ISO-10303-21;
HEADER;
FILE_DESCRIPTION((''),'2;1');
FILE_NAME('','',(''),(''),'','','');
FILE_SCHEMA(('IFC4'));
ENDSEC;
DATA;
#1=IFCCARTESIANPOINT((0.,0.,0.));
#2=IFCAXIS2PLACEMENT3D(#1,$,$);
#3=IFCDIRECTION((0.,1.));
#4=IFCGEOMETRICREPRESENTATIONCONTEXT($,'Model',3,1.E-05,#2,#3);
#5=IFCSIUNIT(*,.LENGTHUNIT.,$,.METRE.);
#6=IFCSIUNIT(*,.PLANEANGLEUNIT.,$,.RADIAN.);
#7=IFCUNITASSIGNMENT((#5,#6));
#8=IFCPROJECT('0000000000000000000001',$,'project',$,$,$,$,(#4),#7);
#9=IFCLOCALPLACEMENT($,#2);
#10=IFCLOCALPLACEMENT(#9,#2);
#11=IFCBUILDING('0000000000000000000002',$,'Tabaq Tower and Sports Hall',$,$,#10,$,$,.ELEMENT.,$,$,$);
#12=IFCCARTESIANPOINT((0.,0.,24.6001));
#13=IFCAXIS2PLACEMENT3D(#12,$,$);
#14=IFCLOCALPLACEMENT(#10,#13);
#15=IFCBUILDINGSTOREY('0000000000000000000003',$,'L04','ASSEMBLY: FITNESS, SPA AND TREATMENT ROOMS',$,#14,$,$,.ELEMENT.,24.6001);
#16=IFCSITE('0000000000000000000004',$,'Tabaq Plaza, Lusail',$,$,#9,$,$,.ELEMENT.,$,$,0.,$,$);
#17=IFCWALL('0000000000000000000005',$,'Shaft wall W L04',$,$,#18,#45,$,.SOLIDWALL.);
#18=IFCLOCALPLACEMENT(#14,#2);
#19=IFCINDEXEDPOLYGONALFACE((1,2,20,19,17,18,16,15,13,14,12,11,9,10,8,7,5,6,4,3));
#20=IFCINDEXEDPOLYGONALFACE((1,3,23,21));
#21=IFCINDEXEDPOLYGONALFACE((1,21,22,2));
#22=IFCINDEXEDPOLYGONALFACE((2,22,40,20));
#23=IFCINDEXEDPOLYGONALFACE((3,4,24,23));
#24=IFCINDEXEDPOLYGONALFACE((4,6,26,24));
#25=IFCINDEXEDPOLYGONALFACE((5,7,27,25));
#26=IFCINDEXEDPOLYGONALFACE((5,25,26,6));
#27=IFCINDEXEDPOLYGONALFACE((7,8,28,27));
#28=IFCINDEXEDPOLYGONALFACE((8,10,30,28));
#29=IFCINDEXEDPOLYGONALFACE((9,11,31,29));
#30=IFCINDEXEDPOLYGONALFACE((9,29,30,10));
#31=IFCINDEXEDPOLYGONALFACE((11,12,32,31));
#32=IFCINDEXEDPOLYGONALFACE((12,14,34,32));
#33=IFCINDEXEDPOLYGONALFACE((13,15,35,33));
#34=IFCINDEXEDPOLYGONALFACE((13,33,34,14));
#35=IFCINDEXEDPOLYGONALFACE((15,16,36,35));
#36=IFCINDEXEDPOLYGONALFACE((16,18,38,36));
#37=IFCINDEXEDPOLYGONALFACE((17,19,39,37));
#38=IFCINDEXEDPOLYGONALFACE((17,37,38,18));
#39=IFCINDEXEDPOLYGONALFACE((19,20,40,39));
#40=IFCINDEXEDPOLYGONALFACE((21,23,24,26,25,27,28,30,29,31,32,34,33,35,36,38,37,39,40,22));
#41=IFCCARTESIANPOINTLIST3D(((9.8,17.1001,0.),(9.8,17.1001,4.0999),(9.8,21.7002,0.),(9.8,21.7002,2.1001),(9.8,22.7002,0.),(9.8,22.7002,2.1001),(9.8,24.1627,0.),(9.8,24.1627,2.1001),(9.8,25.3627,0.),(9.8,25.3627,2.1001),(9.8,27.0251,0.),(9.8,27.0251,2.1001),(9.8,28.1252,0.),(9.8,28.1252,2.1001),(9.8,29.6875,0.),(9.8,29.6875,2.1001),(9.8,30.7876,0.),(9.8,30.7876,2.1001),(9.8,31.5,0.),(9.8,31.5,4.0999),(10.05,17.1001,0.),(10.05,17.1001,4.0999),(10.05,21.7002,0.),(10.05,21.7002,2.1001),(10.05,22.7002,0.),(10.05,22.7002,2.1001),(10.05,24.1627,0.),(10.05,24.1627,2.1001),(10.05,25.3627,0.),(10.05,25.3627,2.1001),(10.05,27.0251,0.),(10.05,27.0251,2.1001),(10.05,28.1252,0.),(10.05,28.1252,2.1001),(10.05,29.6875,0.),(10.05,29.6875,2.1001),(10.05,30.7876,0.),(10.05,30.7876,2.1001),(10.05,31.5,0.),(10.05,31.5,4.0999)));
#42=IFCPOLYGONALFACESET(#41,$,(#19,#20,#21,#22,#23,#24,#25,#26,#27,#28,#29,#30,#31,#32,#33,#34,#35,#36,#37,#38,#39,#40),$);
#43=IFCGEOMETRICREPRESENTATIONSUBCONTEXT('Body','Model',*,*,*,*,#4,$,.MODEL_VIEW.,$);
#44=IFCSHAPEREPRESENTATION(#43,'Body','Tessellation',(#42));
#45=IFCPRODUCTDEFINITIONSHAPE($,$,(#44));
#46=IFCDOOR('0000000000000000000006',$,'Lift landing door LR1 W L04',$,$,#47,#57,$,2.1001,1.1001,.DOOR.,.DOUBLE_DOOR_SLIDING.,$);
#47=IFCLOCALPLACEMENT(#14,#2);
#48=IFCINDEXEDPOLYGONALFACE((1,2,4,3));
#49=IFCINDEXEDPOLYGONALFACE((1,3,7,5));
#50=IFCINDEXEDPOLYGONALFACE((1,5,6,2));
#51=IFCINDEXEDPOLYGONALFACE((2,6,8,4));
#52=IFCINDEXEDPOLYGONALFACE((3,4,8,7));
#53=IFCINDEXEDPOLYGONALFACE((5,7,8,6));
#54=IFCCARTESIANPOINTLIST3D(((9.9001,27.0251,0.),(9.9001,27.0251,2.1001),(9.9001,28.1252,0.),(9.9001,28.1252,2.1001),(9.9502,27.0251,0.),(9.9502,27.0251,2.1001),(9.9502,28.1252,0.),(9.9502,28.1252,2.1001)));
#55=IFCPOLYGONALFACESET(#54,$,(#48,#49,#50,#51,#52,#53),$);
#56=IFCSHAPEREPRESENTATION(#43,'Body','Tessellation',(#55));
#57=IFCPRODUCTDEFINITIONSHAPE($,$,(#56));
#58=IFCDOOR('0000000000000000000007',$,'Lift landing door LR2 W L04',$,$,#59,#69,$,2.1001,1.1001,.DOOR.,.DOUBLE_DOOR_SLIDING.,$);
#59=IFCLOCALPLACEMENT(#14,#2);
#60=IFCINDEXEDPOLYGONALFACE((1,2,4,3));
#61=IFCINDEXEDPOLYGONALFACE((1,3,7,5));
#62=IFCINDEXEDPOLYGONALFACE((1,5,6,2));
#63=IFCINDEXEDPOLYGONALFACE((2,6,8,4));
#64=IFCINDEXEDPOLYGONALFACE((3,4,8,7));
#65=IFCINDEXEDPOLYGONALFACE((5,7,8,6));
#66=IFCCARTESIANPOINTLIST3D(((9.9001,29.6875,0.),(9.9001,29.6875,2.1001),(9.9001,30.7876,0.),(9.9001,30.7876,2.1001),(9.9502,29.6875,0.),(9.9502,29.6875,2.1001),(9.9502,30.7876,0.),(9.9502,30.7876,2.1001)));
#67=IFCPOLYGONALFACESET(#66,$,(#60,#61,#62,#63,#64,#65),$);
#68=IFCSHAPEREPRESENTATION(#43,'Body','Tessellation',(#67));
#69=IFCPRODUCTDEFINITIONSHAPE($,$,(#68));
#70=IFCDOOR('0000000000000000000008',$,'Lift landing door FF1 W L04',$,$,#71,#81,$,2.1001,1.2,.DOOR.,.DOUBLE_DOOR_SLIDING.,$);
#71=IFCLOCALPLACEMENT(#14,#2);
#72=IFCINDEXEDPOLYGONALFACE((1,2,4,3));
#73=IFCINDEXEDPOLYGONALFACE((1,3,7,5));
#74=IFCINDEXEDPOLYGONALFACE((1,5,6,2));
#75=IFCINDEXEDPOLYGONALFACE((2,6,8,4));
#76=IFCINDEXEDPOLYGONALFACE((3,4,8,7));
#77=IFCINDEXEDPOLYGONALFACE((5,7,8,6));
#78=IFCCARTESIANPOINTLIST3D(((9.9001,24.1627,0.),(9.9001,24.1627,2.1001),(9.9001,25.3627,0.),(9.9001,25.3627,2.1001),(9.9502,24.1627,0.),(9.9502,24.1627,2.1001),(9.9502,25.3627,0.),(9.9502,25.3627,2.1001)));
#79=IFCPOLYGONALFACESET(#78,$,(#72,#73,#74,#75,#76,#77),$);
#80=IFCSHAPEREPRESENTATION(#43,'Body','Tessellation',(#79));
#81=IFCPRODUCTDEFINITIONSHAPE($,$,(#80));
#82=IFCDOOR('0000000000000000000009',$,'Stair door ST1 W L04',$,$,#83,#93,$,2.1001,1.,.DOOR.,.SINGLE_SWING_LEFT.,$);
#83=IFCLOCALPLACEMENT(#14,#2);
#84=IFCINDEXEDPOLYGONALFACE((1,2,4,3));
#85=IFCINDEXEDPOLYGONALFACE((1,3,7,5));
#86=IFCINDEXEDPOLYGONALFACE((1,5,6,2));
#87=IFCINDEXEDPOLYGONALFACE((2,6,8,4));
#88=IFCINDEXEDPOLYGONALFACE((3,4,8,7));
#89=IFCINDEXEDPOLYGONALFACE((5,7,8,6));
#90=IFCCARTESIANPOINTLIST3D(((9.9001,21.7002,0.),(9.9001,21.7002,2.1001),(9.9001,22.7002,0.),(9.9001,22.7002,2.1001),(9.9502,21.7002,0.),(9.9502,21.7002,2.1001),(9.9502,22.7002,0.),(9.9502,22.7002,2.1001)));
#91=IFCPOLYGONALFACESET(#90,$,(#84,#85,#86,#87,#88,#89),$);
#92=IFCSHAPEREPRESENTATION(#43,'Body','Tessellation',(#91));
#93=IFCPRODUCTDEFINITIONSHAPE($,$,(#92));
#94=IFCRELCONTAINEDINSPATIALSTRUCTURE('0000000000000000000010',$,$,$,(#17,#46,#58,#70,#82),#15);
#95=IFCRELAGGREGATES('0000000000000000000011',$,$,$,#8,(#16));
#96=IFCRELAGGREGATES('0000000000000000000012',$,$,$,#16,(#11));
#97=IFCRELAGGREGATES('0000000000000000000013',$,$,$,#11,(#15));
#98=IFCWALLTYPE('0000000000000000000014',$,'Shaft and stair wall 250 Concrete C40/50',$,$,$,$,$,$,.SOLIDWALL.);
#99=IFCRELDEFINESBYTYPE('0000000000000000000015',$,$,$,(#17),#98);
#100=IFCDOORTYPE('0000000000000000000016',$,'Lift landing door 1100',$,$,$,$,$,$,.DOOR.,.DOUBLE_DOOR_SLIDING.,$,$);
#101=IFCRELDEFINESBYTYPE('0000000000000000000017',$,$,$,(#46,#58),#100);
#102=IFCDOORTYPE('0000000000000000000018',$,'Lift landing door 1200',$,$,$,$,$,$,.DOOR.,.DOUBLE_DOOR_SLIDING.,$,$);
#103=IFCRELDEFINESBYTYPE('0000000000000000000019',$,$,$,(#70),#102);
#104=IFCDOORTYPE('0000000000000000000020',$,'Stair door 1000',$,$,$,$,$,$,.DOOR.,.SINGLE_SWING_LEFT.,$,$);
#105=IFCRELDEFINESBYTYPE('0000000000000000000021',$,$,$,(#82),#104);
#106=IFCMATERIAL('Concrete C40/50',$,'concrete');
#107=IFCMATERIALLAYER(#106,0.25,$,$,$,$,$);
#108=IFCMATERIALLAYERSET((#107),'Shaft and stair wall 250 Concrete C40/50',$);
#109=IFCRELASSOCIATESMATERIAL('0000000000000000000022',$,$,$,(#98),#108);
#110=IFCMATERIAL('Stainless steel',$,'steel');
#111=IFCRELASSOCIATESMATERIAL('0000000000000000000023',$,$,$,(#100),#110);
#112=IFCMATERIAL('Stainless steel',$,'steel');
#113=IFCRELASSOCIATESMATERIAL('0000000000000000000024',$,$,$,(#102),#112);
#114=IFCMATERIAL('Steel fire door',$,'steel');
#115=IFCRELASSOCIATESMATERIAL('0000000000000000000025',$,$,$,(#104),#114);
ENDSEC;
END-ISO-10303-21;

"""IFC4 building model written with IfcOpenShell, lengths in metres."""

from ifc_helpers import new_model, si_unit, direction, frame, frame_2d, origin, place, context, subcontext, project, spatial, rectangle, extrude, material, layer, layer_set, type_object, element, fill, save


model = new_model("IFC4")

# Units and contexts
model_context = context("Model", 3, precision=1e-05, world=origin(), true_north=direction((0.0, 1.0)))
body_context = subcontext(model_context, "Body", "Model", "MODEL_VIEW")
ifc_project = project(units=[si_unit("LENGTHUNIT", "METRE"), si_unit("PLANEANGLEUNIT", "RADIAN")], contexts=[model_context])

# Site, building, storey
site_placement = place(None, origin())
site = spatial("IfcSite", under=ifc_project, at=site_placement, Name="Tabaq Plaza, Lusail", CompositionType="ELEMENT", RefElevation=0.0)
building_placement = place(site_placement, origin())
building = spatial("IfcBuilding", under=site, at=building_placement, Name="Tabaq Tower and Sports Hall", CompositionType="ELEMENT")
storey_placement = place(building_placement, frame((0.0, 0.0, 24.6001)))
storey = spatial("IfcBuildingStorey", under=building, at=storey_placement, Name="L04", Description="ASSEMBLY: FITNESS, SPA AND TREATMENT ROOMS", CompositionType="ELEMENT", Elevation=24.6001)

# Wall, openings, doors
ifc_material_1 = material(Name="Concrete C40/50", Category="concrete")
ifc_layer_1 = layer(ifc_material_1, 0.25)
ifc_layer_set_1 = layer_set([ifc_layer_1], Name="Shaft and stair wall 250 Concrete C40/50")
wall_type_1 = type_object("IfcWallType", Name="Shaft and stair wall 250 Concrete C40/50", PredefinedType="SOLIDWALL", material=ifc_layer_set_1)
wall_1_placement = place(storey_placement, frame((9.925, 17.1001, 0.0), z_axis=(0.0, 0.0, 1.0), x_axis=(0.0, 1.0, 0.0)))
wall_1 = element("IfcWall", 1, at=wall_1_placement, inside=storey, type_object=wall_type_1, Name="Shaft wall W L04", PredefinedType="SOLIDWALL", context=body_context, shape_type="SweptSolid", body=[
    extrude(rectangle(XDim=14.3999, YDim=0.25, at=frame_2d((7.2, 0.0))), origin(), (0.0, 0.0, 1.0), 4.0999),
])
opening_1_placement = place(wall_1_placement, frame((4.6001, 0.0, 0.0)))
opening_1 = element("IfcOpeningElement", 2, at=opening_1_placement, cuts=wall_1, PredefinedType="OPENING", context=body_context, shape_type="SweptSolid", body=[
    extrude(rectangle(XDim=1.0, YDim=2.1001, at=frame_2d((0.5, 1.05))), frame((0.0, 0.125, 0.0), z_axis=(0.0, -1.0, 0.0), x_axis=(1.0, 0.0, 0.0)), (0.0, 0.0, 1.0), 0.25),
])
opening_2_placement = place(wall_1_placement, frame((7.0625, 0.0, 0.0)))
opening_2 = element("IfcOpeningElement", 3, at=opening_2_placement, cuts=wall_1, PredefinedType="OPENING", context=body_context, shape_type="SweptSolid", body=[
    extrude(rectangle(XDim=1.2, YDim=2.1001, at=frame_2d((0.6001, 1.05))), frame((0.0, 0.125, 0.0), z_axis=(0.0, -1.0, 0.0), x_axis=(1.0, 0.0, 0.0)), (0.0, 0.0, 1.0), 0.25),
])
opening_3_placement = place(wall_1_placement, frame((9.925, 0.0, 0.0)))
opening_3 = element("IfcOpeningElement", 4, at=opening_3_placement, cuts=wall_1, PredefinedType="OPENING", context=body_context, shape_type="SweptSolid", body=[
    extrude(rectangle(XDim=1.1001, YDim=2.1001, at=frame_2d((0.55, 1.05))), frame((0.0, 0.125, 0.0), z_axis=(0.0, -1.0, 0.0), x_axis=(1.0, 0.0, 0.0)), (0.0, 0.0, 1.0), 0.25),
])
opening_4_placement = place(wall_1_placement, frame((12.5874, 0.0, 0.0)))
opening_4 = element("IfcOpeningElement", 5, at=opening_4_placement, cuts=wall_1, PredefinedType="OPENING", context=body_context, shape_type="SweptSolid", body=[
    extrude(rectangle(XDim=1.1001, YDim=2.1001, at=frame_2d((0.55, 1.05))), frame((0.0, 0.125, 0.0), z_axis=(0.0, -1.0, 0.0), x_axis=(1.0, 0.0, 0.0)), (0.0, 0.0, 1.0), 0.25),
])
ifc_material_2 = material(Name="Stainless steel", Category="steel")
door_type_1 = type_object("IfcDoorType", Name="Lift landing door 1100", OperationType="DOUBLE_DOOR_SLIDING", PredefinedType="DOOR", material=ifc_material_2)
door_1_placement = place(opening_3_placement, origin())
door_1 = element("IfcDoor", 6, at=door_1_placement, inside=storey, type_object=door_type_1, Name="Lift landing door LR1 W L04", OperationType="DOUBLE_DOOR_SLIDING", OverallHeight=2.1001, OverallWidth=1.1001, PredefinedType="DOOR", context=body_context, shape_type="SweptSolid", body=[
    extrude(rectangle(XDim=1.1001, YDim=2.1001, at=frame_2d((0.55, 1.05))), frame((0.0, 0.0249, 0.0), z_axis=(0.0, -1.0, 0.0), x_axis=(1.0, 0.0, 0.0)), (0.0, 0.0, 1.0), 0.05),
])
fill(opening_3, door_1)
door_2_placement = place(opening_4_placement, origin())
door_2 = element("IfcDoor", 7, at=door_2_placement, inside=storey, type_object=door_type_1, Name="Lift landing door LR2 W L04", OperationType="DOUBLE_DOOR_SLIDING", OverallHeight=2.1001, OverallWidth=1.1001, PredefinedType="DOOR", context=body_context, shape_type="SweptSolid", body=[
    extrude(rectangle(XDim=1.1001, YDim=2.1001, at=frame_2d((0.55, 1.05))), frame((0.0, 0.0249, 0.0), z_axis=(0.0, -1.0, 0.0), x_axis=(1.0, 0.0, 0.0)), (0.0, 0.0, 1.0), 0.05),
])
fill(opening_4, door_2)
ifc_material_3 = material(Name="Stainless steel", Category="steel")
door_type_2 = type_object("IfcDoorType", Name="Lift landing door 1200", OperationType="DOUBLE_DOOR_SLIDING", PredefinedType="DOOR", material=ifc_material_3)
door_3_placement = place(opening_2_placement, origin())
door_3 = element("IfcDoor", 8, at=door_3_placement, inside=storey, type_object=door_type_2, Name="Lift landing door FF1 W L04", OperationType="DOUBLE_DOOR_SLIDING", OverallHeight=2.1001, OverallWidth=1.2, PredefinedType="DOOR", context=body_context, shape_type="SweptSolid", body=[
    extrude(rectangle(XDim=1.2, YDim=2.1001, at=frame_2d((0.6001, 1.05))), frame((0.0, 0.0249, 0.0), z_axis=(0.0, -1.0, 0.0), x_axis=(1.0, 0.0, 0.0)), (0.0, 0.0, 1.0), 0.05),
])
fill(opening_2, door_3)
ifc_material_4 = material(Name="Steel fire door", Category="steel")
door_type_3 = type_object("IfcDoorType", Name="Stair door 1000", OperationType="SINGLE_SWING_LEFT", PredefinedType="DOOR", material=ifc_material_4)
door_4_placement = place(opening_1_placement, origin())
door_4 = element("IfcDoor", 9, at=door_4_placement, inside=storey, type_object=door_type_3, Name="Stair door ST1 W L04", OperationType="SINGLE_SWING_LEFT", OverallHeight=2.1001, OverallWidth=1.0, PredefinedType="DOOR", context=body_context, shape_type="SweptSolid", body=[
    extrude(rectangle(XDim=1.0, YDim=2.1001, at=frame_2d((0.5, 1.05))), frame((0.0, 0.0249, 0.0), z_axis=(0.0, -1.0, 0.0), x_axis=(1.0, 0.0, 0.0)), (0.0, 0.0, 1.0), 0.05),
])
fill(opening_1, door_4)

save(model, "model.ifc")
